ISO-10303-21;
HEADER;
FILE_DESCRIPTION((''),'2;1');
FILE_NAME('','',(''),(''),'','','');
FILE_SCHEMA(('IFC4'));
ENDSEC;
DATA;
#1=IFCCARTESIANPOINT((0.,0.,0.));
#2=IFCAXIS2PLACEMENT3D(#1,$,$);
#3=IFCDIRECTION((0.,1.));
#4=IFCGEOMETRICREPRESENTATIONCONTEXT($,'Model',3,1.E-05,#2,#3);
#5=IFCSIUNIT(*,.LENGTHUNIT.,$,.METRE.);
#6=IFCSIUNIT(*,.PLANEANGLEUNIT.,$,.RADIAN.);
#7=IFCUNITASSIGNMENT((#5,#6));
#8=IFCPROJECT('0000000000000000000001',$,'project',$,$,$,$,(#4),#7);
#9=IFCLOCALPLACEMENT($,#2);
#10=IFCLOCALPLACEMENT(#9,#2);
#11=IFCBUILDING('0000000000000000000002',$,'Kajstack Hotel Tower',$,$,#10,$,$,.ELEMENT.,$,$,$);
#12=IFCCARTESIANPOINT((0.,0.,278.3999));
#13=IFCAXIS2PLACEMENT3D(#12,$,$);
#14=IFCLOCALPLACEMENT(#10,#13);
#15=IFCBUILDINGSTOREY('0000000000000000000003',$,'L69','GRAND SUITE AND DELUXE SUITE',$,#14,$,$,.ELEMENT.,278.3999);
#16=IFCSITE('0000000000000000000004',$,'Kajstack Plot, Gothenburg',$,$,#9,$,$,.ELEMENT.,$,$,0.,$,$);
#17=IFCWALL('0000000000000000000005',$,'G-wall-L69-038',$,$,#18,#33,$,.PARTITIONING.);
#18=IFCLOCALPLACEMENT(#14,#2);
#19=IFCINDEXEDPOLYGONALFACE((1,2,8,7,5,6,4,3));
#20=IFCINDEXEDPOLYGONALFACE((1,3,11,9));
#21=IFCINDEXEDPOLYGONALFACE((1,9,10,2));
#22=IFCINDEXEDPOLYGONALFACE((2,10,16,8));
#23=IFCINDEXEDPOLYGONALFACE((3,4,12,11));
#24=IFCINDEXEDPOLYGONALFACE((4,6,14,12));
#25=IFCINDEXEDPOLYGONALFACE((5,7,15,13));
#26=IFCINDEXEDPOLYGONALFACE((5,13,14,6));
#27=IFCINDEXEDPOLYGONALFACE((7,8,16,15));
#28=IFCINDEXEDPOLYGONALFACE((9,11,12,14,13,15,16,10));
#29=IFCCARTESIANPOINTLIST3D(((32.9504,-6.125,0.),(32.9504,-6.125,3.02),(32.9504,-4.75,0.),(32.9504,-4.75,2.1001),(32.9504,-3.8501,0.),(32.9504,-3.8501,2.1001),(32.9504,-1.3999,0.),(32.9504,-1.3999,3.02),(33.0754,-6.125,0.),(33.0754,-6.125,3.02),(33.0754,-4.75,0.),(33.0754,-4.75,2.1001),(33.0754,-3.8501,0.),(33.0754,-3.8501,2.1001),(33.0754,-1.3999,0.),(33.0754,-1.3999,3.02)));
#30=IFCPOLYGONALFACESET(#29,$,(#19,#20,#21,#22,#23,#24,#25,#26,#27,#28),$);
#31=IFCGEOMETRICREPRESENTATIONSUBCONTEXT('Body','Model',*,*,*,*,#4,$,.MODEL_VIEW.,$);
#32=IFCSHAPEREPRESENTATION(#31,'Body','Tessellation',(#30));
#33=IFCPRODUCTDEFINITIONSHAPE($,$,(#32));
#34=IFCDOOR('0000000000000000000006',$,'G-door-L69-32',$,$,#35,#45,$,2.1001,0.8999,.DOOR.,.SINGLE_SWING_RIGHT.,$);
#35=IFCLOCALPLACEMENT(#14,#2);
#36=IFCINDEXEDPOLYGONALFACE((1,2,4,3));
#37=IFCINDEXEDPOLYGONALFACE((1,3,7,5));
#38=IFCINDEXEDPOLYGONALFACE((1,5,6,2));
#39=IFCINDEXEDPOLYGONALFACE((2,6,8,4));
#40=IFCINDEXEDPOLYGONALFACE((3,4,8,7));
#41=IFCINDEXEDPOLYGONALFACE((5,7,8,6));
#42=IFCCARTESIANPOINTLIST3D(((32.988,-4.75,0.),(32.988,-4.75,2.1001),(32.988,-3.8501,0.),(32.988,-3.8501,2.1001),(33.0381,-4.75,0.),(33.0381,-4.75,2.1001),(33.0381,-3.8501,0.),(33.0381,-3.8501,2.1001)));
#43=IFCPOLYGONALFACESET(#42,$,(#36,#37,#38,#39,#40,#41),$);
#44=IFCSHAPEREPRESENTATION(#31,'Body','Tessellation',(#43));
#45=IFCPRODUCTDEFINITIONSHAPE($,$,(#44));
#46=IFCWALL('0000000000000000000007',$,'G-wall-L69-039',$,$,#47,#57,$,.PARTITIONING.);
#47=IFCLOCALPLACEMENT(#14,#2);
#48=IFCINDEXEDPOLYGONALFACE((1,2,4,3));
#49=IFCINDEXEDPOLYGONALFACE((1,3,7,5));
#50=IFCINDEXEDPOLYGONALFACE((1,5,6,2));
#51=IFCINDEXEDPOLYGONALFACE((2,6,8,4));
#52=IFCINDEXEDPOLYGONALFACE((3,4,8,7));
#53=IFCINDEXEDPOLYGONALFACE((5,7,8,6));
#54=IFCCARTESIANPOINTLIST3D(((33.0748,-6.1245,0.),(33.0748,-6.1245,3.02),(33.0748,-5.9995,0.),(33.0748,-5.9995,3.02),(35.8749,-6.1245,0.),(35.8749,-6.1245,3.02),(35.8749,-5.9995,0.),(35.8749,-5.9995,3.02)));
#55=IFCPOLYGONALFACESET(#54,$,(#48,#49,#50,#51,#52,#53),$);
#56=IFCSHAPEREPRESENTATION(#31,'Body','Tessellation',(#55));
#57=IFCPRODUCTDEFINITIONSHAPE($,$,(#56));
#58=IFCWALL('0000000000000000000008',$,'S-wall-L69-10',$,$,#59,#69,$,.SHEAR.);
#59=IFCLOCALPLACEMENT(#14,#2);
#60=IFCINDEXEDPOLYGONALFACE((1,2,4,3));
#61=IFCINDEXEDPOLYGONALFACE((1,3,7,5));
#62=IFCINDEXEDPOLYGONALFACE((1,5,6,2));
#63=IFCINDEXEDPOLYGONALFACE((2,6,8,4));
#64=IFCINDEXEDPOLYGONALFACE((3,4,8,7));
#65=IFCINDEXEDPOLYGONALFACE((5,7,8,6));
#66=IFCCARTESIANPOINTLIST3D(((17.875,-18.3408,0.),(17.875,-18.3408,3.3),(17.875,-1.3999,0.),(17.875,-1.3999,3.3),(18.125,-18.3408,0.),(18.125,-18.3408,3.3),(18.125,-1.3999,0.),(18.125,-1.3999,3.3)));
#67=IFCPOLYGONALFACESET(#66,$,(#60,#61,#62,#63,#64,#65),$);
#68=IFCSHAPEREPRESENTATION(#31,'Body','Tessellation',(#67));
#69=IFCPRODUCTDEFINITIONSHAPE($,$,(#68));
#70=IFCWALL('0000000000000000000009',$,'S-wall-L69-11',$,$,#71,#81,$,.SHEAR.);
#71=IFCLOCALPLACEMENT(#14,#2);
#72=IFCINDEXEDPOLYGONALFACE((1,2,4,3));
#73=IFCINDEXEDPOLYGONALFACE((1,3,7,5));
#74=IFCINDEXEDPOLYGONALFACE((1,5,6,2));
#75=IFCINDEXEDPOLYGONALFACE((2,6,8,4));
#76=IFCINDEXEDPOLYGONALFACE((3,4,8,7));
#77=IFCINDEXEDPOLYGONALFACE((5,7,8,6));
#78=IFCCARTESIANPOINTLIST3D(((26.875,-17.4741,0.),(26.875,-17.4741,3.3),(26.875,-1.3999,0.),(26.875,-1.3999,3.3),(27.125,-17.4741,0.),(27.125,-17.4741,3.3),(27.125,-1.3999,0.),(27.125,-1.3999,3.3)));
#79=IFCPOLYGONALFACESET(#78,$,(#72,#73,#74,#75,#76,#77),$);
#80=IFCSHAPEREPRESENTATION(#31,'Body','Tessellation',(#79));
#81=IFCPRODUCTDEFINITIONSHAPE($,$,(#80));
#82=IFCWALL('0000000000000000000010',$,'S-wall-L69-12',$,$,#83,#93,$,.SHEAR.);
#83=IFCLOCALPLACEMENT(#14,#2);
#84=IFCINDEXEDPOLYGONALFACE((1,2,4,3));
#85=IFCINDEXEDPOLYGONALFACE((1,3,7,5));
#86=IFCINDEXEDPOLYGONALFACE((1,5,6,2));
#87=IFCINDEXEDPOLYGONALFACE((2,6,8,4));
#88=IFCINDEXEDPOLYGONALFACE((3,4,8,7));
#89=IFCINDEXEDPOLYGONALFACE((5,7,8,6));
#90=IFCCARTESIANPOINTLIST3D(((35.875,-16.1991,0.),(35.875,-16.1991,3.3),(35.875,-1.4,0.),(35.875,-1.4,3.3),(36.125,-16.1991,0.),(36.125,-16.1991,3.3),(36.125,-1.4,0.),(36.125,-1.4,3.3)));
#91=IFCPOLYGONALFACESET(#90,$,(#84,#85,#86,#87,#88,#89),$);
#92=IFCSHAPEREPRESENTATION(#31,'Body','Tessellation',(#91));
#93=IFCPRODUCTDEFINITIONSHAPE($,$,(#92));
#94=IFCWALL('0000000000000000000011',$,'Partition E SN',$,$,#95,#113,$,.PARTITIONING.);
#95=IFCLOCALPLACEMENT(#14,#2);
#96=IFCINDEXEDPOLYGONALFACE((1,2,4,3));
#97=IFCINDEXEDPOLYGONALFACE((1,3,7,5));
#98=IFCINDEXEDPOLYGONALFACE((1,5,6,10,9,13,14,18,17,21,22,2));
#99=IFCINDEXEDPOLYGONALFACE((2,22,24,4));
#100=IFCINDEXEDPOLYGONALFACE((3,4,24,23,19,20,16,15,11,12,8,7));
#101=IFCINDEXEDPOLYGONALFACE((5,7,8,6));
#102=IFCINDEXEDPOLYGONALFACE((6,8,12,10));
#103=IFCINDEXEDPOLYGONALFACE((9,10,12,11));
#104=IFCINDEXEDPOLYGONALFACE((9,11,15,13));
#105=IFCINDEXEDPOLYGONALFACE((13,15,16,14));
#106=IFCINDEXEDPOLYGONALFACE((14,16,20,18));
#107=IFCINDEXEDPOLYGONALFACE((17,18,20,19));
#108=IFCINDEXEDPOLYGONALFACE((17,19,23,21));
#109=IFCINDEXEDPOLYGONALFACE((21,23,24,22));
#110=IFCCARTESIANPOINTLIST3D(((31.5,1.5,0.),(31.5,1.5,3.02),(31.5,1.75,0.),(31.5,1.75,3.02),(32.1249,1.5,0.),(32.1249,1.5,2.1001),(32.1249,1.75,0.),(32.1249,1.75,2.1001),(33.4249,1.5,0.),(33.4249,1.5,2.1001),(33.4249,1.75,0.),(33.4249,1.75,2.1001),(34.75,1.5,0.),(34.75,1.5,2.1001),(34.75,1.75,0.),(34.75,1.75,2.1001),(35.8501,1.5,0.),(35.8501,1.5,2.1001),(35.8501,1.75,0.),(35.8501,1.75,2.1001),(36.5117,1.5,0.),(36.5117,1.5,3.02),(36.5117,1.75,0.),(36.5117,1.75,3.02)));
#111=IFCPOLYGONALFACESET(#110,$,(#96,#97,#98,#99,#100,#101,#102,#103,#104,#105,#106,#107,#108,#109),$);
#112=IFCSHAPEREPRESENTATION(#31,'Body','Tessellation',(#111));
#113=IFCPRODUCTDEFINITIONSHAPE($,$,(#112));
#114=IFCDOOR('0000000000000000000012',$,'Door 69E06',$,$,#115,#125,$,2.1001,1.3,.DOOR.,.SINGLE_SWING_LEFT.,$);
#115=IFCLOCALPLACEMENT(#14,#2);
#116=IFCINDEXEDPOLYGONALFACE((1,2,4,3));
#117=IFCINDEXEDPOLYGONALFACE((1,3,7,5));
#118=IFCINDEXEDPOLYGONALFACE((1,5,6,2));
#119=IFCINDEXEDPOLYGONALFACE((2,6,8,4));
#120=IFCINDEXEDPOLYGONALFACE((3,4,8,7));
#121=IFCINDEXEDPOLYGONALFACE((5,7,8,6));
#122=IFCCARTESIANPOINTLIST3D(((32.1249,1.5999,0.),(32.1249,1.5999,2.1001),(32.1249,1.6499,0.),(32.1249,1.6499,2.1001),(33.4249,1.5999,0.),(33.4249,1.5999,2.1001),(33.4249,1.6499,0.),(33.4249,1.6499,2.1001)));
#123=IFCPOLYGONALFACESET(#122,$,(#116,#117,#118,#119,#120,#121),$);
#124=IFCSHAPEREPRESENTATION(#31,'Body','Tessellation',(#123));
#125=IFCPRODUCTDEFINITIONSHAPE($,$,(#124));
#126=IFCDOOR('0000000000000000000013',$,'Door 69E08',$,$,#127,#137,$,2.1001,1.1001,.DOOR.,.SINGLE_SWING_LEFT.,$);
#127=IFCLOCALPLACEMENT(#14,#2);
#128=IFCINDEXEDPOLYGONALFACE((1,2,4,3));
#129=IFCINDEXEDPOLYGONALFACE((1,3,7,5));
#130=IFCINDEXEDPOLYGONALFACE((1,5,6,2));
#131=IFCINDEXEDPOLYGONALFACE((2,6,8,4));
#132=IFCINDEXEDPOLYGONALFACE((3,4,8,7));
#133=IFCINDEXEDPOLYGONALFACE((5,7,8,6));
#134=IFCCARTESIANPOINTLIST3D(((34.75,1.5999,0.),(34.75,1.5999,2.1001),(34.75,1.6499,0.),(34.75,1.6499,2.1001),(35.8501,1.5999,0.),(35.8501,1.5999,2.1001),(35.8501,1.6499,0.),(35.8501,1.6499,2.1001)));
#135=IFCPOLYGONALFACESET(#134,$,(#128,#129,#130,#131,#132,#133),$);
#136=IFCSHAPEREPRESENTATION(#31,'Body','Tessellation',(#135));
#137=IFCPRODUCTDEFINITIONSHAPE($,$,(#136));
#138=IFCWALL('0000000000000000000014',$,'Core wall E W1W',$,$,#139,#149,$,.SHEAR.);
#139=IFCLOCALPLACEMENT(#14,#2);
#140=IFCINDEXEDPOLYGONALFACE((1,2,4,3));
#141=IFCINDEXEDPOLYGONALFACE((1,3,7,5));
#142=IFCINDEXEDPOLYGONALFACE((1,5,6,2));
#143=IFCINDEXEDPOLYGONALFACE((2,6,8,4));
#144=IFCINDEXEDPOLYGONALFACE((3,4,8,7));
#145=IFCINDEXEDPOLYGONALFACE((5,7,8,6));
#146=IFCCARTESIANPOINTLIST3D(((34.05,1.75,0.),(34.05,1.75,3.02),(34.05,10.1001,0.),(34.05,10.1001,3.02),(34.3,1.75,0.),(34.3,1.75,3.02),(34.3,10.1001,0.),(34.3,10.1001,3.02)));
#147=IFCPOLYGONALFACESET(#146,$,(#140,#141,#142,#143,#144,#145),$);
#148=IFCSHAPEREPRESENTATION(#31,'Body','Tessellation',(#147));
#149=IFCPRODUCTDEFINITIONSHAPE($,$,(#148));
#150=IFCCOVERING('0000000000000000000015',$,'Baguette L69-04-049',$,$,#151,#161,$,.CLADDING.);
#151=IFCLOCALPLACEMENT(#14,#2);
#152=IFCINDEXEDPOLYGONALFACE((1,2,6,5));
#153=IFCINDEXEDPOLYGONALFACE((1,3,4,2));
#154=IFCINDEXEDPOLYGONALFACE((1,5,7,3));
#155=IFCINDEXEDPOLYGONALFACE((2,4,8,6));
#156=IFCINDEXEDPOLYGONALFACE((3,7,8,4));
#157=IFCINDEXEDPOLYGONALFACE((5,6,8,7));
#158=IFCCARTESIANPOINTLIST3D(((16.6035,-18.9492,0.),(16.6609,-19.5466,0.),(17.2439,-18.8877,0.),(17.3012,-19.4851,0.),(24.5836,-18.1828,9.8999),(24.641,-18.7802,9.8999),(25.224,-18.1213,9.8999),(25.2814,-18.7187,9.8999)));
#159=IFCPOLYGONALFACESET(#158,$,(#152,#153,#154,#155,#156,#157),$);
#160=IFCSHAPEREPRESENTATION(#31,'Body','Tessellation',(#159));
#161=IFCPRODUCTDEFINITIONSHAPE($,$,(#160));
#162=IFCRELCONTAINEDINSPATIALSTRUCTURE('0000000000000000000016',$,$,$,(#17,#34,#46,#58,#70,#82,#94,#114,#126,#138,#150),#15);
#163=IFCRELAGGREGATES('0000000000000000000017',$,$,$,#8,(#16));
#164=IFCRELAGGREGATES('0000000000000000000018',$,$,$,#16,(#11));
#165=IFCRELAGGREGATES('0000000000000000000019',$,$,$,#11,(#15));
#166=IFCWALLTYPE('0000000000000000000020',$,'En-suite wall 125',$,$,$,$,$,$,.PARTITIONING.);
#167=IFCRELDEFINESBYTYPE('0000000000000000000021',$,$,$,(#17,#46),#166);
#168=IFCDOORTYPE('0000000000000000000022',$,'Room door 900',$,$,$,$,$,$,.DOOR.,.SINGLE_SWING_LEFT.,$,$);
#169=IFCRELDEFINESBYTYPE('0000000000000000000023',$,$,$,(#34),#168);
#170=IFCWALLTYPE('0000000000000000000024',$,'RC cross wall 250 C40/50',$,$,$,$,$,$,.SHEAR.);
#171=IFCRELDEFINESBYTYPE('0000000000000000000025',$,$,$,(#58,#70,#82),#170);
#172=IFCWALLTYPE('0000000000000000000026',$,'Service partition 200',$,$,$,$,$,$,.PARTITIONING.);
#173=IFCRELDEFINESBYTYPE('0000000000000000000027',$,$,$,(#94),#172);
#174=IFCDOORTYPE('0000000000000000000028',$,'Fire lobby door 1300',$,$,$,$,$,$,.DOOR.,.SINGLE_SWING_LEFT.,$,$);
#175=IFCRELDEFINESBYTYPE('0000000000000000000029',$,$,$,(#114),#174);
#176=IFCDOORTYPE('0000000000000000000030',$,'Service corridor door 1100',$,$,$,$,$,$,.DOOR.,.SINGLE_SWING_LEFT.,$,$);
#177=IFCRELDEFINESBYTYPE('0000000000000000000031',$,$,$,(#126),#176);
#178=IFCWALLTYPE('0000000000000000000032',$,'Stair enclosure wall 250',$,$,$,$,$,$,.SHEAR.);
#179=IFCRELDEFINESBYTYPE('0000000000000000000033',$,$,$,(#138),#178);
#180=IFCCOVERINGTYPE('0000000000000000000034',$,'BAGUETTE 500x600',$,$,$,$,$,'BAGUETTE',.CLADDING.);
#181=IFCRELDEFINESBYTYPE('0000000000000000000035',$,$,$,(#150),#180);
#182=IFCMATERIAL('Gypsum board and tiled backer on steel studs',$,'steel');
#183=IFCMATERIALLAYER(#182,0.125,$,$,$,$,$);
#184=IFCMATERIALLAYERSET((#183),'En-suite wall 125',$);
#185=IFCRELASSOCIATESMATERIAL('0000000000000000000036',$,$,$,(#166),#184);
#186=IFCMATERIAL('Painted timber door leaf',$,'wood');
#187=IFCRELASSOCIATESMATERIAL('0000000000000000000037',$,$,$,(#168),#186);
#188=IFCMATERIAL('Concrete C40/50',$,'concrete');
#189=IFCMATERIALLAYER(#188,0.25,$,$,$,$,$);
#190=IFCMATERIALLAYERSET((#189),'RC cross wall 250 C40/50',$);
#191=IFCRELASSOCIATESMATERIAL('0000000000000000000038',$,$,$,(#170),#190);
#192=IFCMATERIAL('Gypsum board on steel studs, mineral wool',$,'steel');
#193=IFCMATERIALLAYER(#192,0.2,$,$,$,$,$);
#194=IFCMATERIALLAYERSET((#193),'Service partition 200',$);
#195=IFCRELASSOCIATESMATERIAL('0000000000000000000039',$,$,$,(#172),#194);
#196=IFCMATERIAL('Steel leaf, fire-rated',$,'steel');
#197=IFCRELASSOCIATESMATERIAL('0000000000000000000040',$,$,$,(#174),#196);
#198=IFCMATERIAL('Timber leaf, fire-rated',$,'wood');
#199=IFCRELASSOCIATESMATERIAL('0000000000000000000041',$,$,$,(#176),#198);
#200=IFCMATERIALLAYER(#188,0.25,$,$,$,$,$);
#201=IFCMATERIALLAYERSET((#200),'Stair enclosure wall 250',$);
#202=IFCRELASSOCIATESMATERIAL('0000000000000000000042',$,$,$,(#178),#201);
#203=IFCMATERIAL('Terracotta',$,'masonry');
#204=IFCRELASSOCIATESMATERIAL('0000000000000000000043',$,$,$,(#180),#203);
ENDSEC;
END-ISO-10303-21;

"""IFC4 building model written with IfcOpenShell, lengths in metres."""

from ifc_helpers import new_model, si_unit, direction, frame, frame_2d, origin, origin_2d, place, context, subcontext, project, spatial, polyline, rectangle, outline, extrude, material, layer, layer_set, material_profile, profile_set, type_object, element, fill, save


model = new_model("IFC4")

# Units and contexts
model_context = context("Model", 3, precision=1e-05, world=origin(), true_north=direction((0.0, 1.0)))
body_context = subcontext(model_context, "Body", "Model", "MODEL_VIEW")
ifc_project = project(units=[si_unit("LENGTHUNIT", "METRE"), si_unit("PLANEANGLEUNIT", "RADIAN")], contexts=[model_context])

# Site, building, storey
site_placement = place(None, origin())
site = spatial("IfcSite", under=ifc_project, at=site_placement, Name="Kajstack Plot, Gothenburg", CompositionType="ELEMENT", RefElevation=0.0)
building_placement = place(site_placement, origin())
building = spatial("IfcBuilding", under=site, at=building_placement, Name="Kajstack Hotel Tower", CompositionType="ELEMENT")
storey_placement = place(building_placement, frame((0.0, 0.0, 278.3999)))
storey = spatial("IfcBuildingStorey", under=building, at=storey_placement, Name="L69", Description="GRAND SUITE AND DELUXE SUITE", CompositionType="ELEMENT", Elevation=278.3999)

# Shared definitions
ifc_material_1 = material(Name="Gypsum board and tiled backer on steel studs", Category="steel")
ifc_layer_1 = layer(ifc_material_1, 0.125)
ifc_layer_set_1 = layer_set([ifc_layer_1], Name="En-suite wall 125")
wall_type_1 = type_object("IfcWallType", Name="En-suite wall 125", PredefinedType="PARTITIONING", material=ifc_layer_set_1)
ifc_material_2 = material(Name="Painted timber door leaf", Category="wood")
door_type_1 = type_object("IfcDoorType", Name="Room door 900", OperationType="SINGLE_SWING_LEFT", PredefinedType="DOOR", material=ifc_material_2)

# Wall, opening, door
wall_1_placement = place(storey_placement, frame((33.0129, -6.125, 0.0), z_axis=(0.0, 0.0, 1.0), x_axis=(0.0, 1.0, 0.0)))
wall_1 = element("IfcWall", 1, at=wall_1_placement, inside=storey, type_object=wall_type_1, Name="G-wall-L69-038", PredefinedType="PARTITIONING", context=body_context, shape_type="SweptSolid", body=[
    extrude(rectangle(XDim=4.7251, YDim=0.125, at=frame_2d((2.3625, 0.0))), origin(), (0.0, 0.0, 1.0), 3.02),
])
opening_1_placement = place(wall_1_placement, frame((1.375, 0.0, 0.0)))
opening_1 = element("IfcOpeningElement", 2, at=opening_1_placement, cuts=wall_1, PredefinedType="OPENING", context=body_context, shape_type="SweptSolid", body=[
    extrude(rectangle(XDim=0.8999, YDim=2.1001, at=frame_2d((0.45, 1.05))), frame((0.0, 0.0725, 0.0), z_axis=(0.0, -1.0, 0.0), x_axis=(1.0, 0.0, 0.0)), (0.0, 0.0, 1.0), 0.145),
])
door_1_placement = place(opening_1_placement, origin())
door_1 = element("IfcDoor", 3, at=door_1_placement, inside=storey, type_object=door_type_1, Name="G-door-L69-32", OperationType="SINGLE_SWING_RIGHT", OverallHeight=2.1001, OverallWidth=0.8999, PredefinedType="DOOR", context=body_context, shape_type="SweptSolid", body=[
    extrude(rectangle(XDim=0.8999, YDim=2.1001, at=frame_2d((0.45, 1.05))), frame((0.0, 0.0249, 0.0), z_axis=(0.0, -1.0, 0.0), x_axis=(1.0, 0.0, 0.0)), (0.0, 0.0, 1.0), 0.05),
])
fill(opening_1, door_1)

# Walls
wall_2_placement = place(storey_placement, frame((33.075, -6.062, 0.0), z_axis=(0.0, 0.0, 1.0), x_axis=(1.0, 0.0, 0.0)))
element("IfcWall", 4, at=wall_2_placement, inside=storey, type_object=wall_type_1, Name="G-wall-L69-039", PredefinedType="PARTITIONING", context=body_context, shape_type="SweptSolid", body=[
    extrude(rectangle(XDim=2.8, YDim=0.125, at=frame_2d((1.3999, 0.0))), origin(), (0.0, 0.0, 1.0), 3.02),
])
ifc_material_3 = material(Name="Concrete C40/50", Category="concrete")
ifc_layer_2 = layer(ifc_material_3, 0.25)
ifc_layer_set_2 = layer_set([ifc_layer_2], Name="RC cross wall 250 C40/50")
wall_type_2 = type_object("IfcWallType", Name="RC cross wall 250 C40/50", PredefinedType="SHEAR", material=ifc_layer_set_2)
wall_3_placement = place(storey_placement, frame((18.0, -18.3408, 0.0), z_axis=(0.0, 0.0, 1.0), x_axis=(0.0, 1.0, 0.0)))
element("IfcWall", 5, at=wall_3_placement, inside=storey, type_object=wall_type_2, Name="S-wall-L69-10", PredefinedType="SHEAR", context=body_context, shape_type="SweptSolid", body=[
    extrude(rectangle(XDim=16.9409, YDim=0.25, at=frame_2d((8.4705, 0.0))), origin(), (0.0, 0.0, 1.0), 3.3),
])
wall_4_placement = place(storey_placement, frame((27.0, -17.4741, 0.0), z_axis=(0.0, 0.0, 1.0), x_axis=(0.0, 1.0, 0.0)))
element("IfcWall", 6, at=wall_4_placement, inside=storey, type_object=wall_type_2, Name="S-wall-L69-11", PredefinedType="SHEAR", context=body_context, shape_type="SweptSolid", body=[
    extrude(rectangle(XDim=16.0742, YDim=0.25, at=frame_2d((8.0371, 0.0))), origin(), (0.0, 0.0, 1.0), 3.3),
])
wall_5_placement = place(storey_placement, frame((36.0, -16.199, 0.0), z_axis=(0.0, 0.0, 1.0), x_axis=(0.0, 1.0, 0.0)))
element("IfcWall", 7, at=wall_5_placement, inside=storey, type_object=wall_type_2, Name="S-wall-L69-12", PredefinedType="SHEAR", context=body_context, shape_type="SweptSolid", body=[
    extrude(rectangle(XDim=14.7991, YDim=0.25, at=frame_2d((7.3994, 0.0))), origin(), (0.0, 0.0, 1.0), 3.3),
])

# Wall, openings, doors
ifc_material_4 = material(Name="Gypsum board on steel studs, mineral wool", Category="steel")
ifc_layer_3 = layer(ifc_material_4, 0.2)
ifc_layer_set_3 = layer_set([ifc_layer_3], Name="Service partition 200")
wall_type_3 = type_object("IfcWallType", Name="Service partition 200", PredefinedType="PARTITIONING", material=ifc_layer_set_3)
wall_6_placement = place(storey_placement, frame((31.5, 1.625, 0.0), z_axis=(0.0, 0.0, 1.0), x_axis=(1.0, 0.0, 0.0)))
wall_6 = element("IfcWall", 8, at=wall_6_placement, inside=storey, type_object=wall_type_3, Name="Partition E SN", PredefinedType="PARTITIONING", context=body_context, shape_type="SweptSolid", body=[
    extrude(rectangle(XDim=5.0117, YDim=0.25, at=frame_2d((2.5059, 0.0))), origin(), (0.0, 0.0, 1.0), 3.02),
])
opening_2_placement = place(wall_6_placement, frame((0.625, 0.0, 0.0)))
opening_2 = element("IfcOpeningElement", 9, at=opening_2_placement, cuts=wall_6, PredefinedType="OPENING", context=body_context, shape_type="SweptSolid", body=[
    extrude(rectangle(XDim=1.3, YDim=2.1001, at=frame_2d((0.6499, 1.05))), frame((0.0, 0.135, 0.0), z_axis=(0.0, -1.0, 0.0), x_axis=(1.0, 0.0, 0.0)), (0.0, 0.0, 1.0), 0.27),
])
opening_3_placement = place(wall_6_placement, frame((3.25, 0.0, 0.0)))
opening_3 = element("IfcOpeningElement", 10, at=opening_3_placement, cuts=wall_6, PredefinedType="OPENING", context=body_context, shape_type="SweptSolid", body=[
    extrude(rectangle(XDim=1.1001, YDim=2.1001, at=frame_2d((0.55, 1.05))), frame((0.0, 0.135, 0.0), z_axis=(0.0, -1.0, 0.0), x_axis=(1.0, 0.0, 0.0)), (0.0, 0.0, 1.0), 0.27),
])
ifc_material_5 = material(Name="Steel leaf, fire-rated", Category="steel")
door_type_2 = type_object("IfcDoorType", Name="Fire lobby door 1300", OperationType="SINGLE_SWING_LEFT", PredefinedType="DOOR", material=ifc_material_5)
door_2_placement = place(opening_2_placement, origin())
door_2 = element("IfcDoor", 11, at=door_2_placement, inside=storey, type_object=door_type_2, Name="Door 69E06", OperationType="SINGLE_SWING_LEFT", OverallHeight=2.1001, OverallWidth=1.3, PredefinedType="DOOR", context=body_context, shape_type="SweptSolid", body=[
    extrude(rectangle(XDim=1.3, YDim=2.1001, at=frame_2d((0.6499, 1.05))), frame((0.0, 0.0249, 0.0), z_axis=(0.0, -1.0, 0.0), x_axis=(1.0, 0.0, 0.0)), (0.0, 0.0, 1.0), 0.05),
])
fill(opening_2, door_2)
ifc_material_6 = material(Name="Timber leaf, fire-rated", Category="wood")
door_type_3 = type_object("IfcDoorType", Name="Service corridor door 1100", OperationType="SINGLE_SWING_LEFT", PredefinedType="DOOR", material=ifc_material_6)
door_3_placement = place(opening_3_placement, origin())
door_3 = element("IfcDoor", 12, at=door_3_placement, inside=storey, type_object=door_type_3, Name="Door 69E08", OperationType="SINGLE_SWING_LEFT", OverallHeight=2.1001, OverallWidth=1.1001, PredefinedType="DOOR", context=body_context, shape_type="SweptSolid", body=[
    extrude(rectangle(XDim=1.1001, YDim=2.1001, at=frame_2d((0.55, 1.05))), frame((0.0, 0.0249, 0.0), z_axis=(0.0, -1.0, 0.0), x_axis=(1.0, 0.0, 0.0)), (0.0, 0.0, 1.0), 0.05),
])
fill(opening_3, door_3)

# Wall
ifc_layer_4 = layer(ifc_material_3, 0.25)
ifc_layer_set_4 = layer_set([ifc_layer_4], Name="Stair enclosure wall 250")
wall_type_4 = type_object("IfcWallType", Name="Stair enclosure wall 250", PredefinedType="SHEAR", material=ifc_layer_set_4)
wall_7_placement = place(storey_placement, frame((34.175, 1.75, 0.0), z_axis=(0.0, 0.0, 1.0), x_axis=(0.0, 1.0, 0.0)))
element("IfcWall", 13, at=wall_7_placement, inside=storey, type_object=wall_type_4, Name="Core wall E W1W", PredefinedType="SHEAR", context=body_context, shape_type="SweptSolid", body=[
    extrude(rectangle(XDim=8.3501, YDim=0.25, at=frame_2d((4.175, 0.0))), origin(), (0.0, 0.0, 1.0), 3.02),
])

# Covering
ifc_material_7 = material(Name="Terracotta", Category="masonry")
ifc_material_profile = material_profile(ifc_material_7, rectangle(XDim=0.6001, YDim=0.5, at=origin_2d()), Name="Terracotta-clad concrete baguette 500 x 600")
ifc_profile_set = profile_set([ifc_material_profile], Name="Terracotta")
covering_type = type_object("IfcCoveringType", Name="BAGUETTE 500x600", ElementType="BAGUETTE", PredefinedType="CLADDING", material=ifc_profile_set)
covering_1_placement = place(storey_placement, frame((16.6035, -18.9492, 0.0), z_axis=(0.095596, -0.99542, 0.0), x_axis=(0.99542, 0.095596, 0.0)))
element("IfcCovering", 14, at=covering_1_placement, inside=storey, type_object=covering_type, Name="Baguette L69-04-049", PredefinedType="CLADDING", context=body_context, shape_type="SweptSolid", body=[
    extrude(outline(polyline([(8.0168, 9.8999), (0.0, 0.0), (0.6433, 0.0), (8.6602, 9.8999), (8.0168, 9.8999)])), origin(), (0.0, 0.0, 1.0), 0.6001),
])

save(model, "model.ifc")
